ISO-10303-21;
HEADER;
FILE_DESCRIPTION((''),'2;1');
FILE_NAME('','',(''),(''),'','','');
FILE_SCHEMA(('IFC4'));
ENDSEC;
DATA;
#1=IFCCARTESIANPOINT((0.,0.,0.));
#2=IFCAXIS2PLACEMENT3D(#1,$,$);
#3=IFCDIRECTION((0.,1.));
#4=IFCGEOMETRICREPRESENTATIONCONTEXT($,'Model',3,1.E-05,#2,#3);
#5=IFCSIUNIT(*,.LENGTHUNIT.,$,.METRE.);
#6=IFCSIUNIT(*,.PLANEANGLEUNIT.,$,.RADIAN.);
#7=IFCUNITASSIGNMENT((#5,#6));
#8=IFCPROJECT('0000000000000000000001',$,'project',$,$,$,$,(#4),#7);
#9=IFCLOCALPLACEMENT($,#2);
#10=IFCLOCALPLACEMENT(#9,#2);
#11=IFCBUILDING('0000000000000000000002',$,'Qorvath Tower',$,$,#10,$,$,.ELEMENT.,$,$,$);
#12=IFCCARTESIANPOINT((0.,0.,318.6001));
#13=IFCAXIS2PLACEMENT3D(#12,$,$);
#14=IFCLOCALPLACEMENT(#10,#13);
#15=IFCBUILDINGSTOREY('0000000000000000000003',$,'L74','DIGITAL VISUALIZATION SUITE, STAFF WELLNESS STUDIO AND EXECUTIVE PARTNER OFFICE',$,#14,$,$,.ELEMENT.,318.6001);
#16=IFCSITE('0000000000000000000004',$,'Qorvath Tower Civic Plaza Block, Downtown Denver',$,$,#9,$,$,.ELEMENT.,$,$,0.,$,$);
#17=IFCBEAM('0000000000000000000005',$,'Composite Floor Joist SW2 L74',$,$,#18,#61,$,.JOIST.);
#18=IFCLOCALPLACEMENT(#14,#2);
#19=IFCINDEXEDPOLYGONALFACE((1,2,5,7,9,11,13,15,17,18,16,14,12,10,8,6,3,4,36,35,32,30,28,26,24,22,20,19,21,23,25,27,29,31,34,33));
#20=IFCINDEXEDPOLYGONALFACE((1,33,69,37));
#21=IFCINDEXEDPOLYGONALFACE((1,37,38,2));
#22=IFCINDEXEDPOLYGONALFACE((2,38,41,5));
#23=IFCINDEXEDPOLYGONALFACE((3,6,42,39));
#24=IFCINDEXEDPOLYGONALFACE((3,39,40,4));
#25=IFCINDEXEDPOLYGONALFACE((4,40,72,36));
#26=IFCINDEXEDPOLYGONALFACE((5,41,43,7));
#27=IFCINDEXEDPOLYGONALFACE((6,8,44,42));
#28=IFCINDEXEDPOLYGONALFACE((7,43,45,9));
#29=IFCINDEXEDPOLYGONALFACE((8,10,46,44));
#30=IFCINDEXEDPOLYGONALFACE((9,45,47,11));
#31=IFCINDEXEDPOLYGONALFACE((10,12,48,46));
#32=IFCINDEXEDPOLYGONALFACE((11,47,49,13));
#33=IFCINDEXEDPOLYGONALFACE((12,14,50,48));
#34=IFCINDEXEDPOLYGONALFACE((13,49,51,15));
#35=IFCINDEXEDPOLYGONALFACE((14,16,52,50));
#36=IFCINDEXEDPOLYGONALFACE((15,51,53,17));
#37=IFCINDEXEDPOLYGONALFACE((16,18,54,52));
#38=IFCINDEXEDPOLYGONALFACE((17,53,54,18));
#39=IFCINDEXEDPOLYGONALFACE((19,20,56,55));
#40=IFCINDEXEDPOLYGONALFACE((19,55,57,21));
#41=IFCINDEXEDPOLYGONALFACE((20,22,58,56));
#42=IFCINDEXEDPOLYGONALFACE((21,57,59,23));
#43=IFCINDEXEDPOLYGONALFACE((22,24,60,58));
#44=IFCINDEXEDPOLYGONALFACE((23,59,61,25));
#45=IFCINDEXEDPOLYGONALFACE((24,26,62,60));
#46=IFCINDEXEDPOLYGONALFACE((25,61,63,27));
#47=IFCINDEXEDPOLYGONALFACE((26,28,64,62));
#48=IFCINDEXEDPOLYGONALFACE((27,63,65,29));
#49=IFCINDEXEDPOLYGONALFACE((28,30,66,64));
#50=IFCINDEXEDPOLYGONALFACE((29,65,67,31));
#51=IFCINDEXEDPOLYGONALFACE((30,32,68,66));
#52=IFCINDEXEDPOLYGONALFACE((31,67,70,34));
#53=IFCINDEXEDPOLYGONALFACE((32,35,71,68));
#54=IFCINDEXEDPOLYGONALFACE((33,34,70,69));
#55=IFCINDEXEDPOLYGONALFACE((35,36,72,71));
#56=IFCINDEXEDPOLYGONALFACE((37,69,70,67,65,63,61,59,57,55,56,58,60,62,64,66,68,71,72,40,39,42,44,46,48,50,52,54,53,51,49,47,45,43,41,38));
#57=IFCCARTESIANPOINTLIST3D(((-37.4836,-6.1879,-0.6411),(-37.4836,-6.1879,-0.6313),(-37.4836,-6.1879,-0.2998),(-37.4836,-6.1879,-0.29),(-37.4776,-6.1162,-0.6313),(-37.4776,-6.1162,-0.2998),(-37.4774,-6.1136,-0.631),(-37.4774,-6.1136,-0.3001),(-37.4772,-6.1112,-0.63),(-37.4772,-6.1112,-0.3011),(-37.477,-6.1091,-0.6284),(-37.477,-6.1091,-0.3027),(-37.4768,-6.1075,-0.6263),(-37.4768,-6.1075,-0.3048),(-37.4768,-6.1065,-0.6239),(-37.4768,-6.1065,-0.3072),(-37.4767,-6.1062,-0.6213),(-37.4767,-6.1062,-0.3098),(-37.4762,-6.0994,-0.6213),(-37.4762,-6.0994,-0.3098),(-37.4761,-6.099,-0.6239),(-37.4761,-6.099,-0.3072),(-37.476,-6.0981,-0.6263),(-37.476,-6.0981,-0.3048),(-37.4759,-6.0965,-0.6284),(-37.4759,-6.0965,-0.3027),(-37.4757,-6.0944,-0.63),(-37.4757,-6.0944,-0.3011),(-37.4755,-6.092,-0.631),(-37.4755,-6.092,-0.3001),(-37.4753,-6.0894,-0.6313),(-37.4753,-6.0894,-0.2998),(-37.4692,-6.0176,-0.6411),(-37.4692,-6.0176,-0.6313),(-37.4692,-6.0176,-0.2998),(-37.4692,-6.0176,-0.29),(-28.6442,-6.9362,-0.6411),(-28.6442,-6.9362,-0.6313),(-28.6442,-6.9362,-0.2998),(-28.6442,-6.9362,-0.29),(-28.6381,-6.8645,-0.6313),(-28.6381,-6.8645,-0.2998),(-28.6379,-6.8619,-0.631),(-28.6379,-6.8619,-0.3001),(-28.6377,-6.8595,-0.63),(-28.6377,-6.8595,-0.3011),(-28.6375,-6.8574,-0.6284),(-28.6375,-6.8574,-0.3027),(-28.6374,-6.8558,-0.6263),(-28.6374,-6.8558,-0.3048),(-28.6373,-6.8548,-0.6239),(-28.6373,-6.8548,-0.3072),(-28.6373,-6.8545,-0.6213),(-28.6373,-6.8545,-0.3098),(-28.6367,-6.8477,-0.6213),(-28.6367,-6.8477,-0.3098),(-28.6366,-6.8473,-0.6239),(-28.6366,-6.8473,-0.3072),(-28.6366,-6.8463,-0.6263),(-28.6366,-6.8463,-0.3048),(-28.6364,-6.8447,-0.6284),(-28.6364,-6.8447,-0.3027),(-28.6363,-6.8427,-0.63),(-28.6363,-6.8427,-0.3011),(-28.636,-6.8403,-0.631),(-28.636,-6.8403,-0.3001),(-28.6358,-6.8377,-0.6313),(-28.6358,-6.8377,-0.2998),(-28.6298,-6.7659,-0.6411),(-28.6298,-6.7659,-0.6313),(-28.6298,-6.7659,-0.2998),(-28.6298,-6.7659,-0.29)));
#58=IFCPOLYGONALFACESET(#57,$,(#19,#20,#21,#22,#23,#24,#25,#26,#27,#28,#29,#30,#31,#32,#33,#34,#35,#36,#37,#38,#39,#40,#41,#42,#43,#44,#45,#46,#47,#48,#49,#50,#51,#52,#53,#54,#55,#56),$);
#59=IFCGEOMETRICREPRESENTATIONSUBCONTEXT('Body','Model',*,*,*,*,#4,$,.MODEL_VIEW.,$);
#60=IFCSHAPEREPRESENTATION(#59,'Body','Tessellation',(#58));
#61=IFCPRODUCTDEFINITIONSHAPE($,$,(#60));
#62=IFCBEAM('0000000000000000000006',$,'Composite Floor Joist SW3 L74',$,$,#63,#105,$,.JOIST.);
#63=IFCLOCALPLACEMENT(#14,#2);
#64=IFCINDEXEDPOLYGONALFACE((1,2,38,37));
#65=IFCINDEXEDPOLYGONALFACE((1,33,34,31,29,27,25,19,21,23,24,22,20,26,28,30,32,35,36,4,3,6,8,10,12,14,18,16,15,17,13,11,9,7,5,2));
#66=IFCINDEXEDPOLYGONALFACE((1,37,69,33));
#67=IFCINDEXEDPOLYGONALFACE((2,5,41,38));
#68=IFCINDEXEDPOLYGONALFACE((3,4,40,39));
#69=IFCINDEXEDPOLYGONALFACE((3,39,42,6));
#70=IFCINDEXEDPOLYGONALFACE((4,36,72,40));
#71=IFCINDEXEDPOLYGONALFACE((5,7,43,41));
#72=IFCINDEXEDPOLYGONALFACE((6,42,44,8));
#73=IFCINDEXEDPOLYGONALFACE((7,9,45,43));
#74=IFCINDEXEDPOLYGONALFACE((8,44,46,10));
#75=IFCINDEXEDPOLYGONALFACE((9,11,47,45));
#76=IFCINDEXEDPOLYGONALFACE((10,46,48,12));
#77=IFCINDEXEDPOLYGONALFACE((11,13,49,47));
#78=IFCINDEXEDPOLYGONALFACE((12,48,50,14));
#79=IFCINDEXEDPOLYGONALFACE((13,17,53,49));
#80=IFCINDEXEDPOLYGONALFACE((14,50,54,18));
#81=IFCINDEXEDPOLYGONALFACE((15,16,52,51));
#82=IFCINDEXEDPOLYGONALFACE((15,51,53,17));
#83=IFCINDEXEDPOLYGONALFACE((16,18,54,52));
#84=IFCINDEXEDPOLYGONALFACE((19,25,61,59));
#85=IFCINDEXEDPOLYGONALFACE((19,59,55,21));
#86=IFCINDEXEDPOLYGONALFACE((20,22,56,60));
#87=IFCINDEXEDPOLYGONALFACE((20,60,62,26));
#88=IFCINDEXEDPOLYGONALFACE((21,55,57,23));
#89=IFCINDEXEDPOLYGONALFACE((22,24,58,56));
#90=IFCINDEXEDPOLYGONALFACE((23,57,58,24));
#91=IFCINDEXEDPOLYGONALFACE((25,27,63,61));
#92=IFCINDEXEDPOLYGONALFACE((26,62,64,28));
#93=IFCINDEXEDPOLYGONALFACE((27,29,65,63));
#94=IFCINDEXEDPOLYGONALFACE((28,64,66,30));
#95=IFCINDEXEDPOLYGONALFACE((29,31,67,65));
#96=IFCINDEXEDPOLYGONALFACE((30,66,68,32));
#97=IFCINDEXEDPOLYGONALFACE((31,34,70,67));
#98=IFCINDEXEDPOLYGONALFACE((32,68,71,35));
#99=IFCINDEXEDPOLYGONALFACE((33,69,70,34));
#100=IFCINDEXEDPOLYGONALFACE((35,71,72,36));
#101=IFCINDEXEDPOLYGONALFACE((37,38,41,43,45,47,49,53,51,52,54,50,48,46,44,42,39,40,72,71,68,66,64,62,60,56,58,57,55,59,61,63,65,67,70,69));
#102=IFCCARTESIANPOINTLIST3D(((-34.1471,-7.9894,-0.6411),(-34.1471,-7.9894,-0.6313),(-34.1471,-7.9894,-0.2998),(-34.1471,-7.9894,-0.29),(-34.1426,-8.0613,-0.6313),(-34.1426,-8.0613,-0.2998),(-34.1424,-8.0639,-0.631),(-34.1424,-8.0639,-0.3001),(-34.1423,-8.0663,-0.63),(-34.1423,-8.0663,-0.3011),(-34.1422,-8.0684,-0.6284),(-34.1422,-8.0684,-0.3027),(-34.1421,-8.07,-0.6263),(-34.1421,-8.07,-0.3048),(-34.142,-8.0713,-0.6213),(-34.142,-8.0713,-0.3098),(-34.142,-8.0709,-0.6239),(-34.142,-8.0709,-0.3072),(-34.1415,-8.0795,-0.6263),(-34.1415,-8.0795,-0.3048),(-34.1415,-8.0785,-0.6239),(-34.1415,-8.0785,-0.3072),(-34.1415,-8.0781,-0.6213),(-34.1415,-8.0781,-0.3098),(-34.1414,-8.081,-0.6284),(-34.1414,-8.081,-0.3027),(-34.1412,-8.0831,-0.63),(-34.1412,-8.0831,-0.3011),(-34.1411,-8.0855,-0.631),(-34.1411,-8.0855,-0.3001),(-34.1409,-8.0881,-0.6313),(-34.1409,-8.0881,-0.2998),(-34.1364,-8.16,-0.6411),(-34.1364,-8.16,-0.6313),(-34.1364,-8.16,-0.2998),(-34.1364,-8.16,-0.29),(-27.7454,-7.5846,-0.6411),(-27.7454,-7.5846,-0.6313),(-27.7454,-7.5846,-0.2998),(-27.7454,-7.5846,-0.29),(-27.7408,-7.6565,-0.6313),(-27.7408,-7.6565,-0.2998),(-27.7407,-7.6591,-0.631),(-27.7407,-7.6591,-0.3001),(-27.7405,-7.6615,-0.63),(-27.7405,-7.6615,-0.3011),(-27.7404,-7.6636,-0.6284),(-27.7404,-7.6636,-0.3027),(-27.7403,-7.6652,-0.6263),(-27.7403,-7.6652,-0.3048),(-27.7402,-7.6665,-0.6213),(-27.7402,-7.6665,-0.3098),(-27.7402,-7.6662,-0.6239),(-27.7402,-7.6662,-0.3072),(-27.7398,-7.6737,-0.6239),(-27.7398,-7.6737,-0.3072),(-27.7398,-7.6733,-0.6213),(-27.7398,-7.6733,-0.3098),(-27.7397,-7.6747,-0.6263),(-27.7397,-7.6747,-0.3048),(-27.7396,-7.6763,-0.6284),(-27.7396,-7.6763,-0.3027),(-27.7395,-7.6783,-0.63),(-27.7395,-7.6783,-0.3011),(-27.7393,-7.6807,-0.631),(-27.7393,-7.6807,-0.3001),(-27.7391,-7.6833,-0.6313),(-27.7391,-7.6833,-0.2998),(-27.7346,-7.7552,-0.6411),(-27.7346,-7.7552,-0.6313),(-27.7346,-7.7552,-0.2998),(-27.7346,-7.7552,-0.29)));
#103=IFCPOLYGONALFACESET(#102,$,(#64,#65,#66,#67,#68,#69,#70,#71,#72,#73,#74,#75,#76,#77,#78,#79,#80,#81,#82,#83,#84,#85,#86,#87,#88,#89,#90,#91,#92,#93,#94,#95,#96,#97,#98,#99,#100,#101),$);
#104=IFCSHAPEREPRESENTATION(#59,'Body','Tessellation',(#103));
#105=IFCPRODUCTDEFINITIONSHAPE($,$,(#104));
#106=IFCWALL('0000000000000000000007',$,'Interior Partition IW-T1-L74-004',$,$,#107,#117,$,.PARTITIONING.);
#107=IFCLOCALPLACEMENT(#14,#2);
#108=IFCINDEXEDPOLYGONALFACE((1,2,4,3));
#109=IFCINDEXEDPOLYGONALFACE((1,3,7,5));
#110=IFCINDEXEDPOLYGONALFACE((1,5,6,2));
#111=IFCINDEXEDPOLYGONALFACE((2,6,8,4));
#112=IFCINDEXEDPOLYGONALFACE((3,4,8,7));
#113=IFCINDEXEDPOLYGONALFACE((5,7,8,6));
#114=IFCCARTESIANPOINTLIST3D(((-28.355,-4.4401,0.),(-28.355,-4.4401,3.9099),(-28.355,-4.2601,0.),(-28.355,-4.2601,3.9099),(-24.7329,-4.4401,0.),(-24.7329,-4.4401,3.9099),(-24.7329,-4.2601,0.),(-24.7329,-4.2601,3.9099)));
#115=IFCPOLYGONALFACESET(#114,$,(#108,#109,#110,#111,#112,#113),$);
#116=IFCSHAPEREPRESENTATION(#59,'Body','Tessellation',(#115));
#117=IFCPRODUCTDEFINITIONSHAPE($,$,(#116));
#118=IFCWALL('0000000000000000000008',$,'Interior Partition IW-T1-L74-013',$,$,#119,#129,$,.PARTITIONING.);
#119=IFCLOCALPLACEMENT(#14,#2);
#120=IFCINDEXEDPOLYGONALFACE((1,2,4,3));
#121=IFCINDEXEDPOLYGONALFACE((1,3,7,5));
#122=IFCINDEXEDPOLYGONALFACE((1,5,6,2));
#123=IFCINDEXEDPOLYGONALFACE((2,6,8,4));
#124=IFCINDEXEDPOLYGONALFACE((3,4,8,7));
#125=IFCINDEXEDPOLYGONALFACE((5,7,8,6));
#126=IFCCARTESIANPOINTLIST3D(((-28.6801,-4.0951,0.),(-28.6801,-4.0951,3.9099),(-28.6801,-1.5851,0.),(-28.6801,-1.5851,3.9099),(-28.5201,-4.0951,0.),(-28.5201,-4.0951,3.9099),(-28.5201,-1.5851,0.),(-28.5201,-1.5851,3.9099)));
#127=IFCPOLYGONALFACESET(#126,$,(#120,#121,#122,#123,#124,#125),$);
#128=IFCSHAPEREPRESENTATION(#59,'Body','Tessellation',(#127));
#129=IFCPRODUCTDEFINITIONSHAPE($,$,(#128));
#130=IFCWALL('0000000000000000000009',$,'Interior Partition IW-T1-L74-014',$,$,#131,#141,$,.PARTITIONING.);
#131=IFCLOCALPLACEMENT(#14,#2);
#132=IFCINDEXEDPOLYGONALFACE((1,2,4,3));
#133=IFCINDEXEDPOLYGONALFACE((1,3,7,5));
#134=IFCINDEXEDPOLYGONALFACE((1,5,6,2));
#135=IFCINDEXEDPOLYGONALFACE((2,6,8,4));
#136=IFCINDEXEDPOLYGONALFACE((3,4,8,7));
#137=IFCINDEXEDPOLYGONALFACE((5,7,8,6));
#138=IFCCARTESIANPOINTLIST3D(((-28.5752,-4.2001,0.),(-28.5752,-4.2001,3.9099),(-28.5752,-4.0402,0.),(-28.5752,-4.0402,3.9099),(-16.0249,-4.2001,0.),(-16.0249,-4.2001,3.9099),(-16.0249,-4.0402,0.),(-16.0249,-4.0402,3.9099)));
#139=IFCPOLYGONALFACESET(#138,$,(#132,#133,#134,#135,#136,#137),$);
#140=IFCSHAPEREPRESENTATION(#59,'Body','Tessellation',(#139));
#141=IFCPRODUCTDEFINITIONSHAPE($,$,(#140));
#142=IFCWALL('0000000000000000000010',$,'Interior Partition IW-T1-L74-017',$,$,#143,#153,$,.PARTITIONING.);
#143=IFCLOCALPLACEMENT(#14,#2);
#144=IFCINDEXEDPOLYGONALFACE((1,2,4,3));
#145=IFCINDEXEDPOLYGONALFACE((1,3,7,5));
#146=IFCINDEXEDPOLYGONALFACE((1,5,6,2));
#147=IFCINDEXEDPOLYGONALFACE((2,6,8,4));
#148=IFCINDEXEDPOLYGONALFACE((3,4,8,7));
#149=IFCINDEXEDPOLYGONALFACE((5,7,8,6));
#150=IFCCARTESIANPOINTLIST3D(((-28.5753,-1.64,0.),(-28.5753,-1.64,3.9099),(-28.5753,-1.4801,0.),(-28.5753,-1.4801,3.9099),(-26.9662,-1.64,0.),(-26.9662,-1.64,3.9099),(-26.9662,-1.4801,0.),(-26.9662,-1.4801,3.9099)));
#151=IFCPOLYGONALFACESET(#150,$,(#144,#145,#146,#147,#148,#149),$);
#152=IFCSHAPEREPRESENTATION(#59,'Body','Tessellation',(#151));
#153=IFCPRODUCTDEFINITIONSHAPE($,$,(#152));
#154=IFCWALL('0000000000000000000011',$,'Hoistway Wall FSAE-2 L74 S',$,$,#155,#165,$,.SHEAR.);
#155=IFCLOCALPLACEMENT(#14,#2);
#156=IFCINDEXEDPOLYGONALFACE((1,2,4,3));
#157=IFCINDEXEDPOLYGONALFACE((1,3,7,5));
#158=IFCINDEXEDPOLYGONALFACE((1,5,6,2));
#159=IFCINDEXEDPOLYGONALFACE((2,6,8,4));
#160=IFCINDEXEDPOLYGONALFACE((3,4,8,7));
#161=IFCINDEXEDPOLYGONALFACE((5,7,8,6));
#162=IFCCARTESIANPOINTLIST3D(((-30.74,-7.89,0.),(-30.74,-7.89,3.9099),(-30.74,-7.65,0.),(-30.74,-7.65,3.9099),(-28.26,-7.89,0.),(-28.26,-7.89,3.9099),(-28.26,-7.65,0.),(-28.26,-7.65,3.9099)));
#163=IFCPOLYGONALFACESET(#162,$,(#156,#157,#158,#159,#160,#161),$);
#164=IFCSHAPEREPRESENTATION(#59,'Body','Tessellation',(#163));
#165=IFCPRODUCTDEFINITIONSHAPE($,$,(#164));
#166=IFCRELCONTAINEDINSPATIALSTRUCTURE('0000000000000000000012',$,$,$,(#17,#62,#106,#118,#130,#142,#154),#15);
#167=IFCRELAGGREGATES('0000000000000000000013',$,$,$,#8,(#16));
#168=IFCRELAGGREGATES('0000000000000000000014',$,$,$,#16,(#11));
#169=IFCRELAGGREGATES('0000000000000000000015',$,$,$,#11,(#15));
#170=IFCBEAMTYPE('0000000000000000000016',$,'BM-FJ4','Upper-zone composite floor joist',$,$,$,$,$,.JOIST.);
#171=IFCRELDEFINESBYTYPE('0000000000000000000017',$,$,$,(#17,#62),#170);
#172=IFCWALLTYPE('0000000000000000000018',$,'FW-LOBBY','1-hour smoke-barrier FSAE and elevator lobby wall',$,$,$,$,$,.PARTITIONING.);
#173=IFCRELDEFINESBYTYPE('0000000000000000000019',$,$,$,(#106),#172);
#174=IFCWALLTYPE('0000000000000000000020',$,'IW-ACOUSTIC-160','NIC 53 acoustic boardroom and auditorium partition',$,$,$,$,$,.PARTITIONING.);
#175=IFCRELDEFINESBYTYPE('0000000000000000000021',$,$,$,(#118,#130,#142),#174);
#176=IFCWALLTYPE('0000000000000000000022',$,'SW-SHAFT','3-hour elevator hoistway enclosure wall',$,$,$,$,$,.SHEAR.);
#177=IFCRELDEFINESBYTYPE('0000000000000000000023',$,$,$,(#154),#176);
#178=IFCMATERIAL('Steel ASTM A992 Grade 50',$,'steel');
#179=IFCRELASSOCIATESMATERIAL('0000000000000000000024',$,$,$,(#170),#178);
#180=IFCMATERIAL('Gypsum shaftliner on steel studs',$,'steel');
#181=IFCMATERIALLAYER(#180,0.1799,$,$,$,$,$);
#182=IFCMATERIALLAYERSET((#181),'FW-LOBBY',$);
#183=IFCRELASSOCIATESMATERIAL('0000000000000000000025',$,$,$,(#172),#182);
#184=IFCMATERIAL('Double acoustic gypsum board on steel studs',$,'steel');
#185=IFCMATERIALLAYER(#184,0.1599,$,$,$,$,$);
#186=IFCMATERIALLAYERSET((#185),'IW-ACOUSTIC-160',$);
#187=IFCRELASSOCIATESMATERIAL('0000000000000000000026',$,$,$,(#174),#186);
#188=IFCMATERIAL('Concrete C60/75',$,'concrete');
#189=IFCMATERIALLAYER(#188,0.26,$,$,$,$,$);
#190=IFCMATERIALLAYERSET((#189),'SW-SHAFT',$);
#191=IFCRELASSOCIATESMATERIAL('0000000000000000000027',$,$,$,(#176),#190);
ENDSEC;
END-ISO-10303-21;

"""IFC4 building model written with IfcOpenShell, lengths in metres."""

from ifc_helpers import new_model, si_unit, direction, frame, frame_2d, origin, origin_2d, place, context, subcontext, project, spatial, rectangle, i_section, extrude, material, layer, layer_set, material_profile, profile_set, type_object, element, save


model = new_model("IFC4")

# Units and contexts
model_context = context("Model", 3, precision=1e-05, world=origin(), true_north=direction((0.0, 1.0)))
body_context = subcontext(model_context, "Body", "Model", "MODEL_VIEW")
ifc_project = project(units=[si_unit("LENGTHUNIT", "METRE"), si_unit("PLANEANGLEUNIT", "RADIAN")], contexts=[model_context])

# Site, building, storey
site_placement = place(None, origin())
site = spatial("IfcSite", under=ifc_project, at=site_placement, Name="Qorvath Tower Civic Plaza Block, Downtown Denver", CompositionType="ELEMENT", RefElevation=0.0)
building_placement = place(site_placement, origin())
building = spatial("IfcBuilding", under=site, at=building_placement, Name="Qorvath Tower", CompositionType="ELEMENT")
storey_placement = place(building_placement, frame((0.0, 0.0, 318.6001)))
storey = spatial("IfcBuildingStorey", under=building, at=storey_placement, Name="L74", Description="DIGITAL VISUALIZATION SUITE, STAFF WELLNESS STUDIO AND EXECUTIVE PARTNER OFFICE", CompositionType="ELEMENT", Elevation=318.6001)

# Beams
ifc_material_1 = material(Name="Steel ASTM A992 Grade 50", Category="steel")
ifc_material_profile = material_profile(ifc_material_1, i_section(OverallWidth=0.1709, OverallDepth=0.3511, WebThickness=0.0068, FlangeThickness=0.0098, FilletRadius=0.01, at=origin_2d()), Name="W14x30")
ifc_profile_set = profile_set([ifc_material_profile], Name="Steel ASTM A992 Grade 50")
beam_type = type_object("IfcBeamType", Name="BM-FJ4", Description="Upper-zone composite floor joist", PredefinedType="JOIST", material=ifc_profile_set)
beam_1_placement = place(storey_placement, frame((-28.637, -6.8511, -0.4656), z_axis=(-0.996436, 0.08435, 0.0), x_axis=(-0.08435, -0.996436, 0.0)))
element("IfcBeam", 1, at=beam_1_placement, inside=storey, type_object=beam_type, Name="Composite Floor Joist SW2 L74", PredefinedType="JOIST", context=body_context, shape_type="SweptSolid", body=[
    extrude(i_section(OverallWidth=0.1709, OverallDepth=0.3511, WebThickness=0.0068, FlangeThickness=0.0098, FilletRadius=0.01, at=origin_2d()), origin(), (0.0, 0.0, 1.0), 8.8711),
])
beam_2_placement = place(storey_placement, frame((-27.74, -7.6699, -0.4656), z_axis=(-0.998007, -0.063103, 0.0), x_axis=(0.063103, -0.998007, 0.0)))
element("IfcBeam", 2, at=beam_2_placement, inside=storey, type_object=beam_type, Name="Composite Floor Joist SW3 L74", PredefinedType="JOIST", context=body_context, shape_type="SweptSolid", body=[
    extrude(i_section(OverallWidth=0.1709, OverallDepth=0.3511, WebThickness=0.0068, FlangeThickness=0.0098, FilletRadius=0.01, at=origin_2d()), origin(), (0.0, 0.0, 1.0), 6.4146),
])

# Shared definitions
ifc_material_2 = material(Name="Gypsum shaftliner on steel studs", Category="steel")
ifc_layer_1 = layer(ifc_material_2, 0.1799)
ifc_layer_set_1 = layer_set([ifc_layer_1], Name="FW-LOBBY")
wall_type_1 = type_object("IfcWallType", Name="FW-LOBBY", Description="1-hour smoke-barrier FSAE and elevator lobby wall", PredefinedType="PARTITIONING", material=ifc_layer_set_1)

# Walls
wall_1_placement = place(storey_placement, frame((-24.7329, -4.3501, 0.0), z_axis=(0.0, 0.0, 1.0), x_axis=(-1.0, 0.0, 0.0)))
element("IfcWall", 3, at=wall_1_placement, inside=storey, type_object=wall_type_1, Name="Interior Partition IW-T1-L74-004", PredefinedType="PARTITIONING", context=body_context, shape_type="SweptSolid", body=[
    extrude(rectangle(XDim=3.6221, YDim=0.1799, at=frame_2d((1.811, 0.0))), origin(), (0.0, 0.0, 1.0), 3.9099),
])
ifc_material_3 = material(Name="Double acoustic gypsum board on steel studs", Category="steel")
ifc_layer_2 = layer(ifc_material_3, 0.1599)
ifc_layer_set_2 = layer_set([ifc_layer_2], Name="IW-ACOUSTIC-160")
wall_type_2 = type_object("IfcWallType", Name="IW-ACOUSTIC-160", Description="NIC 53 acoustic boardroom and auditorium partition", PredefinedType="PARTITIONING", material=ifc_layer_set_2)
wall_2_placement = place(storey_placement, frame((-28.6001, -1.5852, 0.0), z_axis=(0.0, 0.0, 1.0), x_axis=(0.0, -1.0, 0.0)))
element("IfcWall", 4, at=wall_2_placement, inside=storey, type_object=wall_type_2, Name="Interior Partition IW-T1-L74-013", PredefinedType="PARTITIONING", context=body_context, shape_type="SweptSolid", body=[
    extrude(rectangle(XDim=2.51, YDim=0.1599, at=frame_2d((1.2549, 0.0))), origin(), (0.0, 0.0, 1.0), 3.9099),
])
wall_3_placement = place(storey_placement, frame((-28.5752, -4.1201, 0.0), z_axis=(0.0, 0.0, 1.0), x_axis=(1.0, 0.0, 0.0)))
element("IfcWall", 5, at=wall_3_placement, inside=storey, type_object=wall_type_2, Name="Interior Partition IW-T1-L74-014", PredefinedType="PARTITIONING", context=body_context, shape_type="SweptSolid", body=[
    extrude(rectangle(XDim=12.5503, YDim=0.1599, at=frame_2d((6.2751, 0.0))), origin(), (0.0, 0.0, 1.0), 3.9099),
])
wall_4_placement = place(storey_placement, frame((-26.9661, -1.5601, 0.0), z_axis=(0.0, 0.0, 1.0), x_axis=(-1.0, 0.0, 0.0)))
element("IfcWall", 6, at=wall_4_placement, inside=storey, type_object=wall_type_2, Name="Interior Partition IW-T1-L74-017", PredefinedType="PARTITIONING", context=body_context, shape_type="SweptSolid", body=[
    extrude(rectangle(XDim=1.6091, YDim=0.1599, at=frame_2d((0.8047, 0.0))), origin(), (0.0, 0.0, 1.0), 3.9099),
])
ifc_material_4 = material(Name="Concrete C60/75", Category="concrete")
ifc_layer_3 = layer(ifc_material_4, 0.26)
ifc_layer_set_3 = layer_set([ifc_layer_3], Name="SW-SHAFT")
wall_type_3 = type_object("IfcWallType", Name="SW-SHAFT", Description="3-hour elevator hoistway enclosure wall", PredefinedType="SHEAR", material=ifc_layer_set_3)
wall_5_placement = place(storey_placement, frame((-28.26, -7.77, 0.0), z_axis=(0.0, 0.0, 1.0), x_axis=(-1.0, 0.0, 0.0)))
element("IfcWall", 7, at=wall_5_placement, inside=storey, type_object=wall_type_3, Name="Hoistway Wall FSAE-2 L74 S", PredefinedType="SHEAR", context=body_context, shape_type="SweptSolid", body=[
    extrude(rectangle(XDim=2.48, YDim=0.24, at=frame_2d((1.24, 0.0))), origin(), (0.0, 0.0, 1.0), 3.9099),
])

save(model, "model.ifc")
